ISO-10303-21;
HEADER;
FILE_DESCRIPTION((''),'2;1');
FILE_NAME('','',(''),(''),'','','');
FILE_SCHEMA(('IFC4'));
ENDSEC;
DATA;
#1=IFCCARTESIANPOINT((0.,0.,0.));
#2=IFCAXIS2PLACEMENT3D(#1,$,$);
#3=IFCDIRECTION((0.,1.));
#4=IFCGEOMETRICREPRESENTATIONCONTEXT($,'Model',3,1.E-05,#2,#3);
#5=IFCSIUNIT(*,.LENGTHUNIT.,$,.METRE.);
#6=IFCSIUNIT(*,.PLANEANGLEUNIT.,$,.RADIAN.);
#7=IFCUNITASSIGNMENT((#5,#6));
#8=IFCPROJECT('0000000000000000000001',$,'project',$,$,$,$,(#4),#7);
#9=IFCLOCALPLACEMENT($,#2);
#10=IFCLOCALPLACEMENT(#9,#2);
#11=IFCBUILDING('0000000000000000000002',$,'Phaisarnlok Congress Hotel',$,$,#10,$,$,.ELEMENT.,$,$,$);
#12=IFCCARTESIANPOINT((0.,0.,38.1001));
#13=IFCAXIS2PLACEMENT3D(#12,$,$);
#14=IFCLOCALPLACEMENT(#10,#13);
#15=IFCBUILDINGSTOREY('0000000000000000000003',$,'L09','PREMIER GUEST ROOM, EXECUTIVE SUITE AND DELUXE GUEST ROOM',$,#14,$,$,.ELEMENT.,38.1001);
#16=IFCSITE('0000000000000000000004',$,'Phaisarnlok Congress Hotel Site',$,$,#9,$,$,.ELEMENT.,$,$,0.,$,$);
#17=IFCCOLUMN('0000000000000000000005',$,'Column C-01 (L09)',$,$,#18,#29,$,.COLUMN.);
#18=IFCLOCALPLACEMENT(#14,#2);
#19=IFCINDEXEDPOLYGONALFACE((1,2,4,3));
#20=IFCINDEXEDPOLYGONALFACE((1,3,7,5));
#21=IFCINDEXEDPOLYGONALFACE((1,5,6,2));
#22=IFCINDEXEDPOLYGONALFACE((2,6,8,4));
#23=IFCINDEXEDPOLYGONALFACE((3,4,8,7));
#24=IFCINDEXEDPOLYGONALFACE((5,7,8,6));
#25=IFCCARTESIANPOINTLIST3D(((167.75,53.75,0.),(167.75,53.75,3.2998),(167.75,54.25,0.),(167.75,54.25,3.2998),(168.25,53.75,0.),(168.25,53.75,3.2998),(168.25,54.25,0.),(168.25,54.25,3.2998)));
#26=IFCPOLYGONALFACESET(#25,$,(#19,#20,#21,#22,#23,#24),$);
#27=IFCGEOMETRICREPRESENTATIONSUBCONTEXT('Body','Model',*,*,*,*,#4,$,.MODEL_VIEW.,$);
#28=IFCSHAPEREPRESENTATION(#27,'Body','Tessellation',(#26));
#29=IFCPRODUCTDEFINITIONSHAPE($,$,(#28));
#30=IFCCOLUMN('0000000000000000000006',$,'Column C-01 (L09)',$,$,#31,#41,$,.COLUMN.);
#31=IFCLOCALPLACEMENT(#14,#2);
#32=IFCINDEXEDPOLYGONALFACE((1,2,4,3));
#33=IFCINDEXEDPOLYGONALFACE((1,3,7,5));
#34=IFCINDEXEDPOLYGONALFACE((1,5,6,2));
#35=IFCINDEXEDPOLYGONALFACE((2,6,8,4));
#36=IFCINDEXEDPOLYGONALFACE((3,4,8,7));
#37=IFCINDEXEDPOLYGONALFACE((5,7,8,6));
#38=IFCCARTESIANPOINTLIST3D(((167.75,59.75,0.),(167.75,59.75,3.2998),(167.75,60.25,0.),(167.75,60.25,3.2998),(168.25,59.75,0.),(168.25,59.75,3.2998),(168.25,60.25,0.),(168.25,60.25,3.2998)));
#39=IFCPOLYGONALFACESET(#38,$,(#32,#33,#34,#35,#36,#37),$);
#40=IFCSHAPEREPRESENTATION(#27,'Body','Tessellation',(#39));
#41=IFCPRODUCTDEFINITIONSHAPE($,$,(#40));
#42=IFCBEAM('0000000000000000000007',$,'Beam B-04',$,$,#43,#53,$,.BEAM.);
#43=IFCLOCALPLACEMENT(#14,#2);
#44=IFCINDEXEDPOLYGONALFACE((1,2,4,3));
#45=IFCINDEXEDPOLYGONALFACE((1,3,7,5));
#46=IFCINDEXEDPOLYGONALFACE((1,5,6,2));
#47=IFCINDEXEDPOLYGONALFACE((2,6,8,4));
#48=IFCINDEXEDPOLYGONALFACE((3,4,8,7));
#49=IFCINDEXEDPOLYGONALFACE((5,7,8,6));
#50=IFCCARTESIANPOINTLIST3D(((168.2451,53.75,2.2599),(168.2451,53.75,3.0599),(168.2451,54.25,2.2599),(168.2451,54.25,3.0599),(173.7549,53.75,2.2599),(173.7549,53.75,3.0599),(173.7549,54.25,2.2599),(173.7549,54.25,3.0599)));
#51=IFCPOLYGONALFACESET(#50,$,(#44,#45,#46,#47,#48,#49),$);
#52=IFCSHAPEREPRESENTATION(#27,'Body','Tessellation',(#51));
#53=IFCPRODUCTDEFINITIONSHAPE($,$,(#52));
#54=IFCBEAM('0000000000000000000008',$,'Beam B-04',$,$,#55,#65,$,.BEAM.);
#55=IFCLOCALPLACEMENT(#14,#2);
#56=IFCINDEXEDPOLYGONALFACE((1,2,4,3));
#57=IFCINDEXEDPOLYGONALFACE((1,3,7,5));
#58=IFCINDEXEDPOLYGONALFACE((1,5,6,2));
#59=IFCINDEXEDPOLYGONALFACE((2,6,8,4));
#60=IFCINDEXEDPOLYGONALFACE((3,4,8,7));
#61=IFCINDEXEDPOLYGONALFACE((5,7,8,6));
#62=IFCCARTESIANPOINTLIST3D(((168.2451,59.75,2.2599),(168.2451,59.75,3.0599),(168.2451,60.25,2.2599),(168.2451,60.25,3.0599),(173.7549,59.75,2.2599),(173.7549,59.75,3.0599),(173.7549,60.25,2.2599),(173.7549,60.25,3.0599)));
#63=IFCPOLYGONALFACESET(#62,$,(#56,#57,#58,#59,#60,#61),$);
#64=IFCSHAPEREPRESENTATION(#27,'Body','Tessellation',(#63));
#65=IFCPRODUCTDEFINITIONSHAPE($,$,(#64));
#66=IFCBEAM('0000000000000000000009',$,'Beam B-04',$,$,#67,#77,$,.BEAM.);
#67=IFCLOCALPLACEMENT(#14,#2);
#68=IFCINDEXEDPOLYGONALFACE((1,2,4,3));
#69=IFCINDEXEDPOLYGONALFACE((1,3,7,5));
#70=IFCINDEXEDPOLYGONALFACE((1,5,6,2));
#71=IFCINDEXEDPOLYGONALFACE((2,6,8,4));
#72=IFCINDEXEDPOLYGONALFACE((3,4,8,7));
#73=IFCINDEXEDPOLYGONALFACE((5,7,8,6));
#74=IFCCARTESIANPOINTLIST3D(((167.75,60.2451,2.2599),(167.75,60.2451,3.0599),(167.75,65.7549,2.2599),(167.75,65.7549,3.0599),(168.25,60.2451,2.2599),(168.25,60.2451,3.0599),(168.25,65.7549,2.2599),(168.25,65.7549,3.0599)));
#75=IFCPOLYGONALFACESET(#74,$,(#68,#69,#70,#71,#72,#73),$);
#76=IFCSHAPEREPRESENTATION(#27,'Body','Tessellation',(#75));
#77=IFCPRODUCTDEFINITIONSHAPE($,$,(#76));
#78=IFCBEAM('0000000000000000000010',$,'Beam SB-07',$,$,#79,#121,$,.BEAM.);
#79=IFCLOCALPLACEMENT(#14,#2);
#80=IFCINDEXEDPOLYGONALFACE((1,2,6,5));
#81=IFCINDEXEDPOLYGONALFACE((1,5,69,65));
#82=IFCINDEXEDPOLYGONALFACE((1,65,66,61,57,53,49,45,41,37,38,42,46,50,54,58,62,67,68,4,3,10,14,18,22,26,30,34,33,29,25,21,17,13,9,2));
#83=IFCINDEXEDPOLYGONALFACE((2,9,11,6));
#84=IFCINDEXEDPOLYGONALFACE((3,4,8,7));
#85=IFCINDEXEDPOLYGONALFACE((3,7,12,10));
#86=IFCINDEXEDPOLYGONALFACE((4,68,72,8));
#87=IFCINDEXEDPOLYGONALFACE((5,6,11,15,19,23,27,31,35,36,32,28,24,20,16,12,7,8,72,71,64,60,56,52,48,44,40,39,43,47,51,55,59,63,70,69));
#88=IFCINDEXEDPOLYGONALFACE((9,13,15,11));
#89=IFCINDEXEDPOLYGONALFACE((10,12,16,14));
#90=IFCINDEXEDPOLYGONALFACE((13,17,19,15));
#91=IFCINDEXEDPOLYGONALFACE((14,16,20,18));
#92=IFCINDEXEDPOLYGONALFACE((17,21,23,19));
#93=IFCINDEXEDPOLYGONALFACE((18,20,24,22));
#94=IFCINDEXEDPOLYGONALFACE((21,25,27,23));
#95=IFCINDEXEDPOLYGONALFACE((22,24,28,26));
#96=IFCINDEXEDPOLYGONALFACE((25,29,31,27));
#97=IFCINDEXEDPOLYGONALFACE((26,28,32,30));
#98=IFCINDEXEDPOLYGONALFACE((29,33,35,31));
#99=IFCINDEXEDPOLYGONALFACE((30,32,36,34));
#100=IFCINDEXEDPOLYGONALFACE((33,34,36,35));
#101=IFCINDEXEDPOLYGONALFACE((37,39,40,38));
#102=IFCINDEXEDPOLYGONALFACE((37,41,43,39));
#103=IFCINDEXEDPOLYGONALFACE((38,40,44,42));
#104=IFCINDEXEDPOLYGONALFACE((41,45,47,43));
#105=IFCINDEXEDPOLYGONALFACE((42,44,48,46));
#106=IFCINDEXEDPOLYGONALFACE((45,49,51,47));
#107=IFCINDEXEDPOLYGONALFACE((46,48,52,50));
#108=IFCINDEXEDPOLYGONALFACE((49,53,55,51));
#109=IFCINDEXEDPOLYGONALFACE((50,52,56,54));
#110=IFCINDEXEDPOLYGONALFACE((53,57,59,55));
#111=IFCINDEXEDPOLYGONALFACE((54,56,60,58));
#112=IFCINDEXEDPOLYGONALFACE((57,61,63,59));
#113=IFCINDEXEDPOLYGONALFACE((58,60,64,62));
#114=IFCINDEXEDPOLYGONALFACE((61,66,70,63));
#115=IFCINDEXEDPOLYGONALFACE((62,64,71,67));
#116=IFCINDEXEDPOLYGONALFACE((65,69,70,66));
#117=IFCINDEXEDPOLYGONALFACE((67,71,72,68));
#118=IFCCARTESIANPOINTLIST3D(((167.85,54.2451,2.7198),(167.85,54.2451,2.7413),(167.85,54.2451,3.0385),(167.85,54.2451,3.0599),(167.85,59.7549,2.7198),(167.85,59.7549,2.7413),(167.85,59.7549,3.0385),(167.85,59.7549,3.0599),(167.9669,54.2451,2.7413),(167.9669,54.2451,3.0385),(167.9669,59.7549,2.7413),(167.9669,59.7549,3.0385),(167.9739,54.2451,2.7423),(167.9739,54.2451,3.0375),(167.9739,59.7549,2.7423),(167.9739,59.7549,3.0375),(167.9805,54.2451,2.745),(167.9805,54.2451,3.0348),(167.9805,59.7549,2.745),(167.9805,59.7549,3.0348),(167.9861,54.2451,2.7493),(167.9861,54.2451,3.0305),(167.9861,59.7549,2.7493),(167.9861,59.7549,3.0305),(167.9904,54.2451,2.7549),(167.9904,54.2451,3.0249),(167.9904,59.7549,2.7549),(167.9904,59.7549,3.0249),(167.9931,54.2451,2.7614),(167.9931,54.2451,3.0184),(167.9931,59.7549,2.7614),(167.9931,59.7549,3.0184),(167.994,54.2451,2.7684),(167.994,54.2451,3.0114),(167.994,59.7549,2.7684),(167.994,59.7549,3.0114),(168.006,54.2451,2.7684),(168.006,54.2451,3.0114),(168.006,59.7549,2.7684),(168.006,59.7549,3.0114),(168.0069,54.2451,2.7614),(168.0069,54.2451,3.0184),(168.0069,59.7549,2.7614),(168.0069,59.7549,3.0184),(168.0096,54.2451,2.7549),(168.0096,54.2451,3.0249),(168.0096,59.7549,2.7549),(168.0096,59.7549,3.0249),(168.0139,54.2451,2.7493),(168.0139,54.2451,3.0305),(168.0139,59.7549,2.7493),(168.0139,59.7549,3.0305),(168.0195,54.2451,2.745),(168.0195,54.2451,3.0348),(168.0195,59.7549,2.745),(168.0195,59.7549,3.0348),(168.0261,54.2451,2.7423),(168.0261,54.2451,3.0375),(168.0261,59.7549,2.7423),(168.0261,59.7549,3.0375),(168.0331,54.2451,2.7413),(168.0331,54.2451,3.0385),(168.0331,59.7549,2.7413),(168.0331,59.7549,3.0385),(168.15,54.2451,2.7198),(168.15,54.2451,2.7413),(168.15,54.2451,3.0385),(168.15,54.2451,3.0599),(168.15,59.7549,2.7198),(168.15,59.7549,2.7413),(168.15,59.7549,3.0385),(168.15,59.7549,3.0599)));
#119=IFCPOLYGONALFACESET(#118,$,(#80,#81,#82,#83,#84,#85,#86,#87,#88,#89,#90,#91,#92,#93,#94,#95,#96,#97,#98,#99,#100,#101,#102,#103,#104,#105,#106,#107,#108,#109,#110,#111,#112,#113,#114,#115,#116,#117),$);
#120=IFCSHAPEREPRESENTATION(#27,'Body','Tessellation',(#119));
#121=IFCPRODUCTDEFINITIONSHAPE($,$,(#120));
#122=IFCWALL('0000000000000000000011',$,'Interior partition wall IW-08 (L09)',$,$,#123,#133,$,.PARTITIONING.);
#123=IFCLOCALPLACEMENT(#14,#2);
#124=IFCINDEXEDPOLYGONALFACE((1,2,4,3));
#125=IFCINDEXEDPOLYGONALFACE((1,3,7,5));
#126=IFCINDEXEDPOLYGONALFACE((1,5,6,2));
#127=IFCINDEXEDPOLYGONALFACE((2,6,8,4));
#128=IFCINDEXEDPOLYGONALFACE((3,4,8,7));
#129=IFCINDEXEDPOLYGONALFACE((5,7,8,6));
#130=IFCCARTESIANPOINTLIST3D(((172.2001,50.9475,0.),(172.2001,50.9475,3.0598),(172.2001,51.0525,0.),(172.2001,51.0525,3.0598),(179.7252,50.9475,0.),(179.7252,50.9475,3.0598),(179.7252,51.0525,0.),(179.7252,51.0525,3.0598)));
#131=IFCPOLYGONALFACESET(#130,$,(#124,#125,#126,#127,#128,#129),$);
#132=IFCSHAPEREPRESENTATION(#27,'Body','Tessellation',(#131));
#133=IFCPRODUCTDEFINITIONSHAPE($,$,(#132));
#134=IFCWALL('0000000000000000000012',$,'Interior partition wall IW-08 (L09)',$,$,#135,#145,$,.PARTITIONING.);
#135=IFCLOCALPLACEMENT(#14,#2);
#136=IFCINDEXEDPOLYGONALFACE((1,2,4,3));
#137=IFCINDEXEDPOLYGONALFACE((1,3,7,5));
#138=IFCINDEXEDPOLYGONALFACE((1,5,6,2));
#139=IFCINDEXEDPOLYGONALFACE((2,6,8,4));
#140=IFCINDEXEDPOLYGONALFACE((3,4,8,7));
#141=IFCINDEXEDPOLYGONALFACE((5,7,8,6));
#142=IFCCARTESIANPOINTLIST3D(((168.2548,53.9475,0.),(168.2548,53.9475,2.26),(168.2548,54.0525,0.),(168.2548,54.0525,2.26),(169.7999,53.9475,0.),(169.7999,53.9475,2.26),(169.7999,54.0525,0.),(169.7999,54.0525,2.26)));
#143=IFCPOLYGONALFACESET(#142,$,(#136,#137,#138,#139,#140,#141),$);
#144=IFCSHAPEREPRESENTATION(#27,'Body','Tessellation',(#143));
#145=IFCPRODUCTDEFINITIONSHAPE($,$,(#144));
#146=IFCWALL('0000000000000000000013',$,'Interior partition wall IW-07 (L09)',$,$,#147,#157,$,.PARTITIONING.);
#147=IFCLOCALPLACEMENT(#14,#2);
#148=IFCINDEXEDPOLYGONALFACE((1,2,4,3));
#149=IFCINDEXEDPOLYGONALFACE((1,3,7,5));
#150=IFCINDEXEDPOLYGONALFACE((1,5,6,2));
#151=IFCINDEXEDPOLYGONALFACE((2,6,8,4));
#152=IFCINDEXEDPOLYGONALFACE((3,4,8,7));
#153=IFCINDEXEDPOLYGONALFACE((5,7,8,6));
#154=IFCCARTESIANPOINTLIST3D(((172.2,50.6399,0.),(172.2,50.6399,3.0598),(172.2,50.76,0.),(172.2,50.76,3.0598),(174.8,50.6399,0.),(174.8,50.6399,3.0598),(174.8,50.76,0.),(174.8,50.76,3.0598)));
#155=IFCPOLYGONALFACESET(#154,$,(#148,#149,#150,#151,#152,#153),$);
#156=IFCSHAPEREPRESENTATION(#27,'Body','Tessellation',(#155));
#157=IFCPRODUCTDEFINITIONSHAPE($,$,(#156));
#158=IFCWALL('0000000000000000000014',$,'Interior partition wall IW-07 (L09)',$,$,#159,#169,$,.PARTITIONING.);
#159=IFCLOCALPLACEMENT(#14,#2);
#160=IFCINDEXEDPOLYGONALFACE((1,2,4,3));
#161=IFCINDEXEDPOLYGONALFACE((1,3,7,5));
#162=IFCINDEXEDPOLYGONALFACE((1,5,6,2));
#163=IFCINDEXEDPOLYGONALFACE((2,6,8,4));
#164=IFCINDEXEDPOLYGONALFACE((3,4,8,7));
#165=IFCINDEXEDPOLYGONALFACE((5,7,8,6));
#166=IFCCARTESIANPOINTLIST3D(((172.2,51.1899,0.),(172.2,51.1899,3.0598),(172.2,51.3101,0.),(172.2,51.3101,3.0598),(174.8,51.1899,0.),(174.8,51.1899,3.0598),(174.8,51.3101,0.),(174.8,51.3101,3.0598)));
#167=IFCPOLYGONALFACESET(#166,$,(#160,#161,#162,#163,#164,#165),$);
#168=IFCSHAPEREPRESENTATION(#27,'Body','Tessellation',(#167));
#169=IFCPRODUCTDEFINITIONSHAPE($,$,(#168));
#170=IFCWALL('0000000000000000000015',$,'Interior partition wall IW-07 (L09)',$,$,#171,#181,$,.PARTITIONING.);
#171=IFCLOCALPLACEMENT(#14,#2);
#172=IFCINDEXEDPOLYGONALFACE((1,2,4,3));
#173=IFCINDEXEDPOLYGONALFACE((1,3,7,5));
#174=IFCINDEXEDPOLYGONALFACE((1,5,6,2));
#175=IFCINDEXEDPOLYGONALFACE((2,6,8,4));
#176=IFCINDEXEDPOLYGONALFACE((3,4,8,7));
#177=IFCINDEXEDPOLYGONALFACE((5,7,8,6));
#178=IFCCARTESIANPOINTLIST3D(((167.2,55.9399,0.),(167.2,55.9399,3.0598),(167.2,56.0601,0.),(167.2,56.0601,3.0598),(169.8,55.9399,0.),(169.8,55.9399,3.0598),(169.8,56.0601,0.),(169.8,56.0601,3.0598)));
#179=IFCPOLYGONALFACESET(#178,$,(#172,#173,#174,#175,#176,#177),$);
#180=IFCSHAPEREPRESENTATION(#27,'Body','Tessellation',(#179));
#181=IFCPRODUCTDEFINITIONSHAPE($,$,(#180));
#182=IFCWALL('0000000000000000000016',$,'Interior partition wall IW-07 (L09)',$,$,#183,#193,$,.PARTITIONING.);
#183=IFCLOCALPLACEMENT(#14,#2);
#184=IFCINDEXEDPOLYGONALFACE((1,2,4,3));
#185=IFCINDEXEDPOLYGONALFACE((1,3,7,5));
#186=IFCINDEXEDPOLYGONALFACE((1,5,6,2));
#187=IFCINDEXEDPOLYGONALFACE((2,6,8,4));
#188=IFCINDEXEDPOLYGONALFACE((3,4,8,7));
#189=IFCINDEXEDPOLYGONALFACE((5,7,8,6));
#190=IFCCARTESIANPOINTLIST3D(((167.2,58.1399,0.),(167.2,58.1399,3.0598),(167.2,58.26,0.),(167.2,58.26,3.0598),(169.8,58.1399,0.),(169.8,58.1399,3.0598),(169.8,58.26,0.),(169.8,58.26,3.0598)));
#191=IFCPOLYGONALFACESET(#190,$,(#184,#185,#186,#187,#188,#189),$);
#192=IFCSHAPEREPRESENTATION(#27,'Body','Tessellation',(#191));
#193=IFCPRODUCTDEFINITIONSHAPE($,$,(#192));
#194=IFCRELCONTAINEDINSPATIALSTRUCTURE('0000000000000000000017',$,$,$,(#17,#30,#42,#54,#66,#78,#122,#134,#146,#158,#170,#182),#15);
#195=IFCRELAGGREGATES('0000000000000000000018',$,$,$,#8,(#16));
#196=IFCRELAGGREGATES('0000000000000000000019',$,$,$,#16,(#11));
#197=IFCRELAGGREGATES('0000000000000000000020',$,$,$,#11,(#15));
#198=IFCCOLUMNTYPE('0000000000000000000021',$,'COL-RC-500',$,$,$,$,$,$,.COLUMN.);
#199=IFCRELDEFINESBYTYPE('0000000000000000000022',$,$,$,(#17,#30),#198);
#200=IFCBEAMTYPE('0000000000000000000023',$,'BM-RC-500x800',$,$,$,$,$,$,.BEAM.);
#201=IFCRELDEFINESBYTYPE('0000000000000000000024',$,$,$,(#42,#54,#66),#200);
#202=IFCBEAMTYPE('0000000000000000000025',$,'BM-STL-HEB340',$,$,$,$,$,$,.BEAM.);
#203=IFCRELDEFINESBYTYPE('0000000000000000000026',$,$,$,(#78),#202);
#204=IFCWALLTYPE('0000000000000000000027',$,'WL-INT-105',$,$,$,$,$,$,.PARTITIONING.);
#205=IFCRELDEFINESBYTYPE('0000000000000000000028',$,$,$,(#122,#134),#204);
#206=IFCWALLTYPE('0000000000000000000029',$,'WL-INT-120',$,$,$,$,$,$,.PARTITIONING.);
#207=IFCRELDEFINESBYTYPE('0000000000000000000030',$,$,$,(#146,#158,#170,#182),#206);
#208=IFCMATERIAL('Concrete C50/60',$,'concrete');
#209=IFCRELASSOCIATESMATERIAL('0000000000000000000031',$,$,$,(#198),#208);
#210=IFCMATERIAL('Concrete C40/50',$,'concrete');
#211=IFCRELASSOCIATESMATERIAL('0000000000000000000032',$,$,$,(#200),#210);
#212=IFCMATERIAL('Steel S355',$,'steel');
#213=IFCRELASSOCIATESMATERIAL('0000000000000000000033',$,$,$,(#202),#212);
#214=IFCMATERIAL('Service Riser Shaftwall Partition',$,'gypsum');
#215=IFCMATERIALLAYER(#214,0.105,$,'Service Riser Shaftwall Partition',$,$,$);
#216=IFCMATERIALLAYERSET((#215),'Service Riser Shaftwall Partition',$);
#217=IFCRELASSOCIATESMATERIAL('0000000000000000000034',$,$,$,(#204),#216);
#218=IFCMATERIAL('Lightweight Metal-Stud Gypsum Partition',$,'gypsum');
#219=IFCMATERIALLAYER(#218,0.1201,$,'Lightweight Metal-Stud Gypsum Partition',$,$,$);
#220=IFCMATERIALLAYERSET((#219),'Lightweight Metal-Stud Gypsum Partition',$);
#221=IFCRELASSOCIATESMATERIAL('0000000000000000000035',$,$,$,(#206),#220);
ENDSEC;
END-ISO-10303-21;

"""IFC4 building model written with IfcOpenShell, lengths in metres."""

from ifc_helpers import new_model, si_unit, direction, frame, frame_2d, origin, origin_2d, place, context, subcontext, project, spatial, rectangle, i_section, extrude, material, layer, layer_set, material_profile, profile_set, type_object, element, save


model = new_model("IFC4")

# Units and contexts
model_context = context("Model", 3, precision=1e-05, world=origin(), true_north=direction((0.0, 1.0)))
body_context = subcontext(model_context, "Body", "Model", "MODEL_VIEW")
ifc_project = project(units=[si_unit("LENGTHUNIT", "METRE"), si_unit("PLANEANGLEUNIT", "RADIAN")], contexts=[model_context])

# Site, building, storey
site_placement = place(None, origin())
site = spatial("IfcSite", under=ifc_project, at=site_placement, Name="Phaisarnlok Congress Hotel Site", CompositionType="ELEMENT", RefElevation=0.0)
building_placement = place(site_placement, origin())
building = spatial("IfcBuilding", under=site, at=building_placement, Name="Phaisarnlok Congress Hotel", CompositionType="ELEMENT")
storey_placement = place(building_placement, frame((0.0, 0.0, 38.1001)))
storey = spatial("IfcBuildingStorey", under=building, at=storey_placement, Name="L09", Description="PREMIER GUEST ROOM, EXECUTIVE SUITE AND DELUXE GUEST ROOM", CompositionType="ELEMENT", Elevation=38.1001)

# Columns
ifc_material_1 = material(Name="Concrete C50/60", Category="concrete")
ifc_material_profile_1 = material_profile(ifc_material_1, rectangle(XDim=0.5, YDim=0.5, at=origin_2d()), Name="RC 500x500")
ifc_profile_set_1 = profile_set([ifc_material_profile_1], Name="Concrete C50/60")
column_type = type_object("IfcColumnType", Name="COL-RC-500", PredefinedType="COLUMN", material=ifc_profile_set_1)
for number, where, z_axis, x_axis, name in (
    (1, (168.0, 54.0, 0.0), (0.0, 0.0, 1.0), (1.0, 0.0, 0.0), "Column C-01 (L09)"),
    (2, (168.0, 60.0, 0.0), (0.0, 0.0, 1.0), (1.0, 0.0, 0.0), "Column C-01 (L09)"),
):
    element("IfcColumn", number, at=place(storey_placement, frame(where, z_axis=z_axis, x_axis=x_axis)), inside=storey, type_object=column_type, Name=name, PredefinedType="COLUMN", context=body_context, shape_type="SweptSolid", body=[
        extrude(rectangle(XDim=0.5, YDim=0.5, at=origin_2d()), origin(), (0.0, 0.0, 1.0), 3.2998),
    ])

# Beams
ifc_material_2 = material(Name="Concrete C40/50", Category="concrete")
ifc_material_profile_2 = material_profile(ifc_material_2, rectangle(XDim=0.5, YDim=0.8, at=origin_2d()), Name="RC 500x800")
ifc_profile_set_2 = profile_set([ifc_material_profile_2], Name="Concrete C40/50")
beam_type_1 = type_object("IfcBeamType", Name="BM-RC-500x800", PredefinedType="BEAM", material=ifc_profile_set_2)
for number, where, z_axis, x_axis, name in (
    (3, (168.2451, 54.0, 2.6599), (1.0, 0.0, 0.0), (0.0, 1.0, 0.0), "Beam B-04"),
    (4, (168.2451, 60.0, 2.6599), (1.0, 0.0, 0.0), (0.0, 1.0, 0.0), "Beam B-04"),
    (5, (168.0, 60.2451, 2.6599), (0.0, 1.0, 0.0), (-1.0, 0.0, 0.0), "Beam B-04"),
):
    element("IfcBeam", number, at=place(storey_placement, frame(where, z_axis=z_axis, x_axis=x_axis)), inside=storey, type_object=beam_type_1, Name=name, PredefinedType="BEAM", context=body_context, shape_type="SweptSolid", body=[
        extrude(rectangle(XDim=0.5, YDim=0.8, at=origin_2d()), origin(), (0.0, 0.0, 1.0), 5.5098),
    ])
ifc_material_3 = material(Name="Steel S355", Category="steel")
ifc_material_profile_3 = material_profile(ifc_material_3, i_section(OverallWidth=0.3, OverallDepth=0.3401, WebThickness=0.012, FlangeThickness=0.0215, FilletRadius=0.0271, at=origin_2d()), Name="HEB 340")
ifc_profile_set_3 = profile_set([ifc_material_profile_3], Name="Steel S355")
beam_type_2 = type_object("IfcBeamType", Name="BM-STL-HEB340", PredefinedType="BEAM", material=ifc_profile_set_3)
beam_placement = place(storey_placement, frame((168.0, 54.2451, 2.8899), z_axis=(0.0, 1.0, 0.0), x_axis=(-1.0, 0.0, 0.0)))
element("IfcBeam", 6, at=beam_placement, inside=storey, type_object=beam_type_2, Name="Beam SB-07", PredefinedType="BEAM", context=body_context, shape_type="SweptSolid", body=[
    extrude(i_section(OverallWidth=0.3, OverallDepth=0.3401, WebThickness=0.012, FlangeThickness=0.0215, FilletRadius=0.0271, at=origin_2d()), origin(), (0.0, 0.0, 1.0), 5.5098),
])

# Walls
ifc_material_4 = material(Name="Service Riser Shaftwall Partition", Category="gypsum")
ifc_layer_1 = layer(ifc_material_4, 0.105, Name="Service Riser Shaftwall Partition")
ifc_layer_set_1 = layer_set([ifc_layer_1], Name="Service Riser Shaftwall Partition")
wall_type_1 = type_object("IfcWallType", Name="WL-INT-105", PredefinedType="PARTITIONING", material=ifc_layer_set_1)
wall_1_placement = place(storey_placement, frame((172.2, 51.0, 0.0), z_axis=(0.0, 0.0, 1.0), x_axis=(1.0, 0.0, 0.0)))
element("IfcWall", 7, at=wall_1_placement, inside=storey, type_object=wall_type_1, Name="Interior partition wall IW-08 (L09)", PredefinedType="PARTITIONING", context=body_context, shape_type="SweptSolid", body=[
    extrude(rectangle(XDim=7.5251, YDim=0.105, at=frame_2d((3.7627, 0.0))), origin(), (0.0, 0.0, 1.0), 3.0598),
])
wall_2_placement = place(storey_placement, frame((168.2549, 54.0, 0.0), z_axis=(0.0, 0.0, 1.0), x_axis=(1.0, 0.0, 0.0)))
element("IfcWall", 8, at=wall_2_placement, inside=storey, type_object=wall_type_1, Name="Interior partition wall IW-08 (L09)", PredefinedType="PARTITIONING", context=body_context, shape_type="SweptSolid", body=[
    extrude(rectangle(XDim=1.5452, YDim=0.105, at=frame_2d((0.7725, 0.0))), origin(), (0.0, 0.0, 1.0), 2.26),
])
ifc_material_5 = material(Name="Lightweight Metal-Stud Gypsum Partition", Category="gypsum")
ifc_layer_2 = layer(ifc_material_5, 0.1201, Name="Lightweight Metal-Stud Gypsum Partition")
ifc_layer_set_2 = layer_set([ifc_layer_2], Name="Lightweight Metal-Stud Gypsum Partition")
wall_type_2 = type_object("IfcWallType", Name="WL-INT-120", PredefinedType="PARTITIONING", material=ifc_layer_set_2)
for number, where, z_axis, x_axis, name in (
    (9, (172.2, 50.7, 0.0), (0.0, 0.0, 1.0), (1.0, 0.0, 0.0), "Interior partition wall IW-07 (L09)"),
    (10, (172.2, 51.25, 0.0), (0.0, 0.0, 1.0), (1.0, 0.0, 0.0), "Interior partition wall IW-07 (L09)"),
    (11, (167.2, 56.0, 0.0), (0.0, 0.0, 1.0), (1.0, 0.0, 0.0), "Interior partition wall IW-07 (L09)"),
    (12, (167.2, 58.2, 0.0), (0.0, 0.0, 1.0), (1.0, 0.0, 0.0), "Interior partition wall IW-07 (L09)"),
):
    element("IfcWall", number, at=place(storey_placement, frame(where, z_axis=z_axis, x_axis=x_axis)), inside=storey, type_object=wall_type_2, Name=name, PredefinedType="PARTITIONING", context=body_context, shape_type="SweptSolid", body=[
        extrude(rectangle(XDim=2.6001, YDim=0.1201, at=frame_2d((1.3, 0.0))), origin(), (0.0, 0.0, 1.0), 3.0598),
    ])

save(model, "model.ifc")
